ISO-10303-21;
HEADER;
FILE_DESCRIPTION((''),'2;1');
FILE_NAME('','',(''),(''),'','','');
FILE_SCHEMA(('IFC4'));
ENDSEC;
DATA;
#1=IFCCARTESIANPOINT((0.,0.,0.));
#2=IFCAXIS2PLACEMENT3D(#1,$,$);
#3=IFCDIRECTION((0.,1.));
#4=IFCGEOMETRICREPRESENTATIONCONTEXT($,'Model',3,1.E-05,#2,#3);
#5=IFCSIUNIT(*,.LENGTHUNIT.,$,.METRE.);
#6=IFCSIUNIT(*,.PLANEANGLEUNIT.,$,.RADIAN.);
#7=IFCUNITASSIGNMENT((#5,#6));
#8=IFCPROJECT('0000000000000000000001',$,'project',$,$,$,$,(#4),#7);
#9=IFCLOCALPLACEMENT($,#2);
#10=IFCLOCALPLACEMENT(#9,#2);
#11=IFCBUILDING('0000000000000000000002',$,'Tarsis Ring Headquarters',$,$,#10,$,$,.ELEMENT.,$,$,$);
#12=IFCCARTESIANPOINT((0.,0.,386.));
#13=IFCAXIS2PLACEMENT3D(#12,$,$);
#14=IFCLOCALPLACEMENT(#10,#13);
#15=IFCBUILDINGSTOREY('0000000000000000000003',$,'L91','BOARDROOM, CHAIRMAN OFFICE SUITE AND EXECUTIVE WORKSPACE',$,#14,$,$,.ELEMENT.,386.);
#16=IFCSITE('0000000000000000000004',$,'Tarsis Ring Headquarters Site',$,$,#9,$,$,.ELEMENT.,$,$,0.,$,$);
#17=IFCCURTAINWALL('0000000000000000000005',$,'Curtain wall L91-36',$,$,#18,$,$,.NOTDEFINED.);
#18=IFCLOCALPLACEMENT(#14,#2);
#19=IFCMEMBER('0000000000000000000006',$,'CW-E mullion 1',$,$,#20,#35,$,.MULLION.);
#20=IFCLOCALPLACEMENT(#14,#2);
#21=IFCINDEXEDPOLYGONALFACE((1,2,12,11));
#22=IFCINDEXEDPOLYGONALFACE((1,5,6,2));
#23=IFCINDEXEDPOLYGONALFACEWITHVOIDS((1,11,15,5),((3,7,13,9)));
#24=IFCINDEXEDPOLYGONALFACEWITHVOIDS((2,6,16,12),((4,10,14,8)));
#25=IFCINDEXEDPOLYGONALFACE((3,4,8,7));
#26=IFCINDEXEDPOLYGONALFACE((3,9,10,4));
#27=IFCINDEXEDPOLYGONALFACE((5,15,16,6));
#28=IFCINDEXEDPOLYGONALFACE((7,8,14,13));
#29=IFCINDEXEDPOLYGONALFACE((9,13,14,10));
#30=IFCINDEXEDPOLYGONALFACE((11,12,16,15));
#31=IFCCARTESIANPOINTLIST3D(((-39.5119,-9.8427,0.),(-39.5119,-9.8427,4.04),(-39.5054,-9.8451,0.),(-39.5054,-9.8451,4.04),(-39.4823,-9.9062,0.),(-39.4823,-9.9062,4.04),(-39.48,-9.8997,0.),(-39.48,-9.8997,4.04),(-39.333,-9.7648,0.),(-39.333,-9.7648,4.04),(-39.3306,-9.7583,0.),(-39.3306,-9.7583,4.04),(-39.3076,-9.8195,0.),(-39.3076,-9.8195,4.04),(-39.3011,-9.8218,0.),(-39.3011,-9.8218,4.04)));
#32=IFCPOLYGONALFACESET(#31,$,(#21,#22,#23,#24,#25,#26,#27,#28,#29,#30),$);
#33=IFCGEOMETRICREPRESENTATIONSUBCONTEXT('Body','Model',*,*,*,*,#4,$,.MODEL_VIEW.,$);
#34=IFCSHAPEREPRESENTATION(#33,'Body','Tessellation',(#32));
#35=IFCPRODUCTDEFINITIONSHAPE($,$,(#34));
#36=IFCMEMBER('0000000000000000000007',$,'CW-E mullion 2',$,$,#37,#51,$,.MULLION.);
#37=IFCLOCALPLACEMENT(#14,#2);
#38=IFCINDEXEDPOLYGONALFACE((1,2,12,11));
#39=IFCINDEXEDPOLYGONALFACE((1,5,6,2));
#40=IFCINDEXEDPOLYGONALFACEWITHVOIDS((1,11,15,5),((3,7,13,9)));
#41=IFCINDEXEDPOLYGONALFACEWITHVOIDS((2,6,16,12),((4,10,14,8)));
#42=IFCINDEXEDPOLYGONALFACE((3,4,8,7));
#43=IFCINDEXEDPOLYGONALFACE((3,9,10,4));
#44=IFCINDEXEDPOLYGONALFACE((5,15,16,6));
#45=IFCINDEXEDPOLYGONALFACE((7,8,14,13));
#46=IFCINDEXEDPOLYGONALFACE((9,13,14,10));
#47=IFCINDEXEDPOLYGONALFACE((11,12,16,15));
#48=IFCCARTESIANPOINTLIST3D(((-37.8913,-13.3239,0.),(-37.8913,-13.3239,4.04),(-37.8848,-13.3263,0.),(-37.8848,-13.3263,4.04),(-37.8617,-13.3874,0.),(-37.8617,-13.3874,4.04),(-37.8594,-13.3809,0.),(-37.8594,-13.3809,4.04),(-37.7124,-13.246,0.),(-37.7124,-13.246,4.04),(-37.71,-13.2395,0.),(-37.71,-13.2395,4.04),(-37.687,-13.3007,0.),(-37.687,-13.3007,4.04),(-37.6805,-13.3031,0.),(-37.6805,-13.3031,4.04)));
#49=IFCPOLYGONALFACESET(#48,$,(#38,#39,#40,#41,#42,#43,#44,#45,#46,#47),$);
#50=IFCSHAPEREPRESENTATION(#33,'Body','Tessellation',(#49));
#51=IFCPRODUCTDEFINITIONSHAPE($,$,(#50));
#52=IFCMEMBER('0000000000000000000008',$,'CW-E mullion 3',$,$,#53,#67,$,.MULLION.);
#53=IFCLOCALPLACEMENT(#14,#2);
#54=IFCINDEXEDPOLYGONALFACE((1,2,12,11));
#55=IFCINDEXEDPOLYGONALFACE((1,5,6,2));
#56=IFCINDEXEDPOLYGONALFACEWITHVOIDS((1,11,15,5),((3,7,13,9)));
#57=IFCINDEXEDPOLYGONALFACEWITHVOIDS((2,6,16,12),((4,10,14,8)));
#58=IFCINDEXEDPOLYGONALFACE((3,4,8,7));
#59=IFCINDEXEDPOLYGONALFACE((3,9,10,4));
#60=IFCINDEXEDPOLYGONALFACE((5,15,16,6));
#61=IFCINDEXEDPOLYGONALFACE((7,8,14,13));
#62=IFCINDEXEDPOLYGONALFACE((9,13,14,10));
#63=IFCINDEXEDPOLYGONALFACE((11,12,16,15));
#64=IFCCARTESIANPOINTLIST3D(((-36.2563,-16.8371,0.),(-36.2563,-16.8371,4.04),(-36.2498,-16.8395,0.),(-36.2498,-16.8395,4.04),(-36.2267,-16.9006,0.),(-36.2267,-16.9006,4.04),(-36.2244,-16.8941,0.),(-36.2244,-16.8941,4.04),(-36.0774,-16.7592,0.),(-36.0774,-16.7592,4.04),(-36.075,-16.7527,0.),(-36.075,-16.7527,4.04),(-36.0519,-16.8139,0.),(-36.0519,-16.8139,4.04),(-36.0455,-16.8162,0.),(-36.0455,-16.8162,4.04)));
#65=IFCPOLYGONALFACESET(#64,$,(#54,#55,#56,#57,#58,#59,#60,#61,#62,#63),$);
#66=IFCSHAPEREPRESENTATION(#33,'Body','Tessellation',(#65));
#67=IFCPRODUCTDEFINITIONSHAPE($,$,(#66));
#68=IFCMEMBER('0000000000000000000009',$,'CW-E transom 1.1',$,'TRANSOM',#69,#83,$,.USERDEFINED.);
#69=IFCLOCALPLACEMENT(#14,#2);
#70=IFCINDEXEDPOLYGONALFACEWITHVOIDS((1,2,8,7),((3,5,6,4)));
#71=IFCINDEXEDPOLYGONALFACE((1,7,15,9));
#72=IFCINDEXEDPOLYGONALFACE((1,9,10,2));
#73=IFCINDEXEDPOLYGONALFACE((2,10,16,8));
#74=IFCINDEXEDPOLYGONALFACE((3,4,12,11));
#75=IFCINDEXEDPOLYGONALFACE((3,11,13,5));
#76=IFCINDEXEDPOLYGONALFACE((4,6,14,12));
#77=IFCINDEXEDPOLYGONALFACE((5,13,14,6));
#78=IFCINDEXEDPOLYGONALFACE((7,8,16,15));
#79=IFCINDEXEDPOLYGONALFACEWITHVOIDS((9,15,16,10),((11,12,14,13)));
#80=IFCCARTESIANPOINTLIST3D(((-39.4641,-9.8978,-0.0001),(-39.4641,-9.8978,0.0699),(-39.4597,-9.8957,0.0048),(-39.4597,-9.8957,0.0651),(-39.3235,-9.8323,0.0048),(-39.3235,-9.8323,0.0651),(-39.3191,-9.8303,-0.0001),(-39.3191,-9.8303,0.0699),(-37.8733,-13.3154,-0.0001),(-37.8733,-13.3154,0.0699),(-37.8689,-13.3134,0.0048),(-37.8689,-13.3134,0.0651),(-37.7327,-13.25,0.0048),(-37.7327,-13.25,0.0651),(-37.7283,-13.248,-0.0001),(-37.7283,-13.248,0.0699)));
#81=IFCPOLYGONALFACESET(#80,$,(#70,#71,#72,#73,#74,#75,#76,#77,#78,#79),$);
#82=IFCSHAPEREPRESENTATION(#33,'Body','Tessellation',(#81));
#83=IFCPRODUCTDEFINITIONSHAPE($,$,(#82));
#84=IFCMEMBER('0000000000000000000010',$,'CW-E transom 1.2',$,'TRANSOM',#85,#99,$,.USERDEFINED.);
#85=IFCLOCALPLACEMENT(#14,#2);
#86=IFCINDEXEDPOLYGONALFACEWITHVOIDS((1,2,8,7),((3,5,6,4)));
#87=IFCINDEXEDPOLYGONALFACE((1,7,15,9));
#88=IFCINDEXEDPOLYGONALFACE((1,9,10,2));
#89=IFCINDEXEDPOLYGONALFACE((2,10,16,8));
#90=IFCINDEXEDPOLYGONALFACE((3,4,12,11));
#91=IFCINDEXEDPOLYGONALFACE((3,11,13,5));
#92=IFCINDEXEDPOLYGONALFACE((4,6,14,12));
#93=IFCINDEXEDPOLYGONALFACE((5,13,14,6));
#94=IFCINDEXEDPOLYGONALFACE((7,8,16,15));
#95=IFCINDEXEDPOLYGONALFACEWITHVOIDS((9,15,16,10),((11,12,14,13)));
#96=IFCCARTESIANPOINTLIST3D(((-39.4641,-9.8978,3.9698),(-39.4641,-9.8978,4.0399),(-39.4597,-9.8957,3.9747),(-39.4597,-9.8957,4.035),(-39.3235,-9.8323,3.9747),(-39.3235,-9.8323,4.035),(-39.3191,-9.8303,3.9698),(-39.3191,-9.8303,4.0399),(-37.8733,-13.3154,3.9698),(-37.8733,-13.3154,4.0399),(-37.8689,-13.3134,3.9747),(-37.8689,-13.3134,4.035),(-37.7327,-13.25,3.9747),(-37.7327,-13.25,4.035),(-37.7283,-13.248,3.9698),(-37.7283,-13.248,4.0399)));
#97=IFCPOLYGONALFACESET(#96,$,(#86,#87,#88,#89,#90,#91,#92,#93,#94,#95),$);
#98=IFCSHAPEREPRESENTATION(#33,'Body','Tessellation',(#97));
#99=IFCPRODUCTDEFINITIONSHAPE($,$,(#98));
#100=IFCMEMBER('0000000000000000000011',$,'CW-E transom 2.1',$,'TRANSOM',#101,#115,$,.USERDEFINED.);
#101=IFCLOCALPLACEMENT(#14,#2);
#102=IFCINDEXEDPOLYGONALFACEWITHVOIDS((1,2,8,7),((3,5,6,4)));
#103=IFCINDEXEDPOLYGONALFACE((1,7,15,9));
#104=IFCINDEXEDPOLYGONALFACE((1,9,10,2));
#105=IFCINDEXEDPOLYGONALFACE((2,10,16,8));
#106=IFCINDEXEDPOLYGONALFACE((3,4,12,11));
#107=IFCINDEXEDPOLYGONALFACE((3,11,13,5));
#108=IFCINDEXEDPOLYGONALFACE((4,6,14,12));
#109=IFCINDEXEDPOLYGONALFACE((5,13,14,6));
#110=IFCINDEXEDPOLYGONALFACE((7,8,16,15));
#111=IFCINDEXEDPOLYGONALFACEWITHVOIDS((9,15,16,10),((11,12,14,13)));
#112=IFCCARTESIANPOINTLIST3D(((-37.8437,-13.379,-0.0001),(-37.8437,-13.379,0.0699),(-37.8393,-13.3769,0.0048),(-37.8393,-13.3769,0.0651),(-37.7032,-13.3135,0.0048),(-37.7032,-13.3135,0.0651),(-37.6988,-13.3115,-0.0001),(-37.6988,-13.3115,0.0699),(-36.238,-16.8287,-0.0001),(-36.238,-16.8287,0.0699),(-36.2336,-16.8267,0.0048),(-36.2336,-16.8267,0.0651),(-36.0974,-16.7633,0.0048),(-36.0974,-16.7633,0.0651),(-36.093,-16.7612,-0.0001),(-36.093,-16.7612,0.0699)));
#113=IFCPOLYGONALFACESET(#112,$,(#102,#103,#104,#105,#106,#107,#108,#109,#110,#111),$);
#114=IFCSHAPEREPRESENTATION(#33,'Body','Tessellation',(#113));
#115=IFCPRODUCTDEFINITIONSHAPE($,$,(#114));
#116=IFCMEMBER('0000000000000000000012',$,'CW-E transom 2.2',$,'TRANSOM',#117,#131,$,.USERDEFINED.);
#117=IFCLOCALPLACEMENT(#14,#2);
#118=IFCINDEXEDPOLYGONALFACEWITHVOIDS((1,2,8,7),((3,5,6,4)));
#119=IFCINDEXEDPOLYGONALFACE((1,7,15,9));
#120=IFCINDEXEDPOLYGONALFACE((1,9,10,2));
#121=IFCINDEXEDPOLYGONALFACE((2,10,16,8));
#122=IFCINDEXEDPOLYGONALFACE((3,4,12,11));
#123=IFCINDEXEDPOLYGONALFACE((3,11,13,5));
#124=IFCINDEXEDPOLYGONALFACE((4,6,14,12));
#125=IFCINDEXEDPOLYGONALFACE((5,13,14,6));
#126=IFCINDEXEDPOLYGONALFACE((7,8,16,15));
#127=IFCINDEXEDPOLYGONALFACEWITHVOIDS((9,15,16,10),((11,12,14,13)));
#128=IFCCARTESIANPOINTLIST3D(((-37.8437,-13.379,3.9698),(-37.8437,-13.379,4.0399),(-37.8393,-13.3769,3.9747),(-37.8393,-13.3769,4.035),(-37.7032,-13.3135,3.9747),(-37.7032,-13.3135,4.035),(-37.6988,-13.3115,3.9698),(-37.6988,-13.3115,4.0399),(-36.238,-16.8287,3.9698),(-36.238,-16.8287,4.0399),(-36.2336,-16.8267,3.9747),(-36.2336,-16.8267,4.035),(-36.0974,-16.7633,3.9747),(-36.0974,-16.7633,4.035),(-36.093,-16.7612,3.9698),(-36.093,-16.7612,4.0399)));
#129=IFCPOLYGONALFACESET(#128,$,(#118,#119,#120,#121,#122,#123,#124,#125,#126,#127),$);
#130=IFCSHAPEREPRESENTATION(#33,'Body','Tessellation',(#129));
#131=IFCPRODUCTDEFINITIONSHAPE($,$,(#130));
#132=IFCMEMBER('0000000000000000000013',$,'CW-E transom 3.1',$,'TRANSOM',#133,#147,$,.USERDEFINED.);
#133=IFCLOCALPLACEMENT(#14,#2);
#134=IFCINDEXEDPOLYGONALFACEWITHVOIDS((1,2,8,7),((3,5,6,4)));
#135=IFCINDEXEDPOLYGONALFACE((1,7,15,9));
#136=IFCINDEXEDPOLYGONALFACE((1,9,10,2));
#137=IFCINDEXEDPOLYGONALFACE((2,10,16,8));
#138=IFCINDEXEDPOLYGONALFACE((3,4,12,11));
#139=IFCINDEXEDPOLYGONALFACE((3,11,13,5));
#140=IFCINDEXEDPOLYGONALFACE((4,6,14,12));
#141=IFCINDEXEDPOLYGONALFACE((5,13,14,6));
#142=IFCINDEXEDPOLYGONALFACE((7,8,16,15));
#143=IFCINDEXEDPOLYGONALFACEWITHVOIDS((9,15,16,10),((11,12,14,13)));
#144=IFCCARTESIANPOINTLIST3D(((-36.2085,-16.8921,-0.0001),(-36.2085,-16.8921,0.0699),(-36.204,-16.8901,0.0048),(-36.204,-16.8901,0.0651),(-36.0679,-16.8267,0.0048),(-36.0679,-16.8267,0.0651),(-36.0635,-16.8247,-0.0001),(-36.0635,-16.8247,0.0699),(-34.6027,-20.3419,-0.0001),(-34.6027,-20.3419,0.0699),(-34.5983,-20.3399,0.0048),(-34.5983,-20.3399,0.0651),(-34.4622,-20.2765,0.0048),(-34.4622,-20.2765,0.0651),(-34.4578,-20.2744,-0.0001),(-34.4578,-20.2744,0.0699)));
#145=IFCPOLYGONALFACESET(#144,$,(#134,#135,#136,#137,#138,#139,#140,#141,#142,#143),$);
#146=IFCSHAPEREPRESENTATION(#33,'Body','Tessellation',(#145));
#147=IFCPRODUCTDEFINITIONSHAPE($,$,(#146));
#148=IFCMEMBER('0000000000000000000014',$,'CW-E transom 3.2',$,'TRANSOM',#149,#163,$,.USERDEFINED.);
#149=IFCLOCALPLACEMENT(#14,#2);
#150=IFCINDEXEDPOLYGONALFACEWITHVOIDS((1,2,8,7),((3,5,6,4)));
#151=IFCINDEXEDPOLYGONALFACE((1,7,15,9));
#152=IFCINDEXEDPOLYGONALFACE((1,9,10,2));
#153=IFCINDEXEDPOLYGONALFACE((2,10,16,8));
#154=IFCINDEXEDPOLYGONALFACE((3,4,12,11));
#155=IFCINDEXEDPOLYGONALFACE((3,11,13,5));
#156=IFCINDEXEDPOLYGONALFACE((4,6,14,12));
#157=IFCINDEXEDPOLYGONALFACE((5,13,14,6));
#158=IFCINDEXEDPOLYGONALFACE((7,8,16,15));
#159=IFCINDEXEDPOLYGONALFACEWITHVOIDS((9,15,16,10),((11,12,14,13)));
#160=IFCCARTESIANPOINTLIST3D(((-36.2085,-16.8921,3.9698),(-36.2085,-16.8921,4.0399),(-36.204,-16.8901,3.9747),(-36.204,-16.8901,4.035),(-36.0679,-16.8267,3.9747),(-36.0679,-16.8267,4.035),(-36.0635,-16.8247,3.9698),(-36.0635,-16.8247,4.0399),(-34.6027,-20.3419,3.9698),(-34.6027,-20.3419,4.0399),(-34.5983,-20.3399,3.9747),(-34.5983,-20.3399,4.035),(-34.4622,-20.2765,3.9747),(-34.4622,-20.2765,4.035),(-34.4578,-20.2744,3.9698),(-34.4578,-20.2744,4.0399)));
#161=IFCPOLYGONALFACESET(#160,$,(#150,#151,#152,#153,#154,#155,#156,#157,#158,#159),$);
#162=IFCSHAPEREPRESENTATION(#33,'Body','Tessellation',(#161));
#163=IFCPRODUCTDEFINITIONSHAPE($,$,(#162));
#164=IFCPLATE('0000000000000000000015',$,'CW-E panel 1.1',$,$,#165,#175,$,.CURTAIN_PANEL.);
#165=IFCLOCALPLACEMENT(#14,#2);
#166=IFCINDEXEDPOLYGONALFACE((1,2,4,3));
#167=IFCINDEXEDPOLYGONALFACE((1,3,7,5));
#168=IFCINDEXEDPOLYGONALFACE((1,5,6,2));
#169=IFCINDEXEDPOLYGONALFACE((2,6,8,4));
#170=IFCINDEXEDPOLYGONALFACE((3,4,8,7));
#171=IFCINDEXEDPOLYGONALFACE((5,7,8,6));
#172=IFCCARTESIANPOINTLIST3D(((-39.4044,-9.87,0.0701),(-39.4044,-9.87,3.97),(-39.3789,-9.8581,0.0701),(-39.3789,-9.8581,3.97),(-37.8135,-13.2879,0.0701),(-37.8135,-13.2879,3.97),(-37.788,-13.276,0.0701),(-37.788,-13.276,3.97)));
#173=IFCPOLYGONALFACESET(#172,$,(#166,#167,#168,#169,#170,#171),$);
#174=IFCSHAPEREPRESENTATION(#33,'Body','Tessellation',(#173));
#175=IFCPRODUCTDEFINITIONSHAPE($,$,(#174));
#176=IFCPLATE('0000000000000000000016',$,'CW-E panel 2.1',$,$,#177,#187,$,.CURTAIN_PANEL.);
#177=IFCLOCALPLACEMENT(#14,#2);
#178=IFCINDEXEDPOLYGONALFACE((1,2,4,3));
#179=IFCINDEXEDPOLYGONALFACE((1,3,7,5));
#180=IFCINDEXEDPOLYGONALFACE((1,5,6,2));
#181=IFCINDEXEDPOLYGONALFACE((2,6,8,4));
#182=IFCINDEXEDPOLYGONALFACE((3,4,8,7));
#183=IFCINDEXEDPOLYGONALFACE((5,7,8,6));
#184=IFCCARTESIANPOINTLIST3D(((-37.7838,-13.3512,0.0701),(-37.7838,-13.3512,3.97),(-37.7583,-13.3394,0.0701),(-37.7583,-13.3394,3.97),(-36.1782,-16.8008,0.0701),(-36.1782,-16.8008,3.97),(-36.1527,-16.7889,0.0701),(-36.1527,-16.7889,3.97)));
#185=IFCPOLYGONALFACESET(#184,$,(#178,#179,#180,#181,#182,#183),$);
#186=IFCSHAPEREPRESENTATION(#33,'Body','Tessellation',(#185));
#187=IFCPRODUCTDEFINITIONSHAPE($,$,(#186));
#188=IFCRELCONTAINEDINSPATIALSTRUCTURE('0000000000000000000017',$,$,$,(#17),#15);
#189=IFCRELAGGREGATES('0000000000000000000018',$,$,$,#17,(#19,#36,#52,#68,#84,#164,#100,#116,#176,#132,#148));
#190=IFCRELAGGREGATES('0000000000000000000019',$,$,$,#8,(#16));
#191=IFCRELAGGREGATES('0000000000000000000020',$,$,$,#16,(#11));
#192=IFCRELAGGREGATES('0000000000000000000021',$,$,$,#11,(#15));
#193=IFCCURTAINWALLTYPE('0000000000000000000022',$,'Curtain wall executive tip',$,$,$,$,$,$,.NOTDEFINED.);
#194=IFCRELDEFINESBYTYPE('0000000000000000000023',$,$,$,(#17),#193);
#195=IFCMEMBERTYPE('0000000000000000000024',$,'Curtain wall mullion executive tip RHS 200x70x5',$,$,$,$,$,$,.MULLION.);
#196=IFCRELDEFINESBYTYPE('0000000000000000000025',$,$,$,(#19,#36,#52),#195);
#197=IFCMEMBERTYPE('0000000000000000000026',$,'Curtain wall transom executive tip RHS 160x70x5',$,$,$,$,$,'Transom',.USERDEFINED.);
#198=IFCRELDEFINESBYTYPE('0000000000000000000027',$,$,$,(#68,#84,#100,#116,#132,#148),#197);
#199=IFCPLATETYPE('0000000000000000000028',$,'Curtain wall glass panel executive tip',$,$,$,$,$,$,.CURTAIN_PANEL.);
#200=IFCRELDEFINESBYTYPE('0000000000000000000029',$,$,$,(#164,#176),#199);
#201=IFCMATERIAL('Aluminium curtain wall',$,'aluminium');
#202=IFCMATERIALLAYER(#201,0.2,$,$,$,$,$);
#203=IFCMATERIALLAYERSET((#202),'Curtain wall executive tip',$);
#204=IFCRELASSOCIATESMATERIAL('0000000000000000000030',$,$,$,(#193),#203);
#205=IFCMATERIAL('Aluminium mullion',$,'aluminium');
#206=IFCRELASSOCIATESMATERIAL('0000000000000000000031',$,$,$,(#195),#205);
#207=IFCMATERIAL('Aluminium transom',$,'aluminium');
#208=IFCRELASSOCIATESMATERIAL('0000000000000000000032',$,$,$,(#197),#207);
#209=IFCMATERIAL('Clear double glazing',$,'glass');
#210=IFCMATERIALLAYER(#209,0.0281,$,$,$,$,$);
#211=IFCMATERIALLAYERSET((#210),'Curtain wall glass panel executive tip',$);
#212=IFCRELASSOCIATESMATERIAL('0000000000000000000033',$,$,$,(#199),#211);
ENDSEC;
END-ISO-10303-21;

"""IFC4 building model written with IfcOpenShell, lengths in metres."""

from ifc_helpers import new_model, si_unit, direction, frame, origin, origin_2d, place, context, subcontext, project, spatial, rectangle, hollow_rectangle, extrude, material, layer, layer_set, material_profile, profile_set, type_object, element, aggregate, save


model = new_model("IFC4")

# Units and contexts
model_context = context("Model", 3, precision=1e-05, world=origin(), true_north=direction((0.0, 1.0)))
body_context = subcontext(model_context, "Body", "Model", "MODEL_VIEW")
ifc_project = project(units=[si_unit("LENGTHUNIT", "METRE"), si_unit("PLANEANGLEUNIT", "RADIAN")], contexts=[model_context])

# Site, building, storey
site_placement = place(None, origin())
site = spatial("IfcSite", under=ifc_project, at=site_placement, Name="Tarsis Ring Headquarters Site", CompositionType="ELEMENT", RefElevation=0.0)
building_placement = place(site_placement, origin())
building = spatial("IfcBuilding", under=site, at=building_placement, Name="Tarsis Ring Headquarters", CompositionType="ELEMENT")
storey_placement = place(building_placement, frame((0.0, 0.0, 386.0)))
storey = spatial("IfcBuildingStorey", under=building, at=storey_placement, Name="L91", Description="BOARDROOM, CHAIRMAN OFFICE SUITE AND EXECUTIVE WORKSPACE", CompositionType="ELEMENT", Elevation=386.0)

# Curtain wall, members, plates
ifc_material_1 = material(Name="Aluminium curtain wall", Category="aluminium")
ifc_layer_1 = layer(ifc_material_1, 0.2)
ifc_layer_set_1 = layer_set([ifc_layer_1], Name="Curtain wall executive tip")
curtain_wall_type = type_object("IfcCurtainWallType", Name="Curtain wall executive tip", PredefinedType="NOTDEFINED", material=ifc_layer_set_1)
curtain_wall_placement = place(storey_placement, origin())
curtain_wall = element("IfcCurtainWall", 1, at=curtain_wall_placement, inside=storey, type_object=curtain_wall_type, Name="Curtain wall L91-36", PredefinedType="NOTDEFINED")
ifc_material_2 = material(Name="Aluminium mullion", Category="aluminium")
ifc_material_profile_1 = material_profile(ifc_material_2, hollow_rectangle(XDim=0.2, YDim=0.0701, WallThickness=0.0049, at=origin_2d()), Name="RHS 200x70x5")
ifc_profile_set_1 = profile_set([ifc_material_profile_1], Name="Aluminium mullion")
member_type_1 = type_object("IfcMemberType", Name="Curtain wall mullion executive tip RHS 200x70x5", PredefinedType="MULLION", material=ifc_profile_set_1)
member_1_placement = place(storey_placement, frame((-39.4065, -9.8323, 0.0), z_axis=(0.0, 0.0, 1.0), x_axis=(0.906603, 0.421985, 0.0)))
member_1 = element("IfcMember", 2, at=member_1_placement, type_object=member_type_1, Name="CW-E mullion 1", PredefinedType="MULLION", context=body_context, shape_type="SweptSolid", body=[
    extrude(hollow_rectangle(XDim=0.2, YDim=0.0701, WallThickness=0.0049, at=origin_2d()), origin(), (0.0, 0.0, 1.0), 4.04),
])
member_2_placement = place(storey_placement, frame((-37.7859, -13.3135, 0.0), z_axis=(0.0, 0.0, 1.0), x_axis=(0.906603, 0.421985, 0.0)))
member_2 = element("IfcMember", 3, at=member_2_placement, type_object=member_type_1, Name="CW-E mullion 2", PredefinedType="MULLION", context=body_context, shape_type="SweptSolid", body=[
    extrude(hollow_rectangle(XDim=0.2, YDim=0.0701, WallThickness=0.0049, at=origin_2d()), origin(), (0.0, 0.0, 1.0), 4.04),
])
member_3_placement = place(storey_placement, frame((-36.1509, -16.8267, 0.0), z_axis=(0.0, 0.0, 1.0), x_axis=(0.906603, 0.421985, 0.0)))
member_3 = element("IfcMember", 4, at=member_3_placement, type_object=member_type_1, Name="CW-E mullion 3", PredefinedType="MULLION", context=body_context, shape_type="SweptSolid", body=[
    extrude(hollow_rectangle(XDim=0.2, YDim=0.0701, WallThickness=0.0049, at=origin_2d()), origin(), (0.0, 0.0, 1.0), 4.04),
])
ifc_material_3 = material(Name="Aluminium transom", Category="aluminium")
ifc_material_profile_2 = material_profile(ifc_material_3, hollow_rectangle(XDim=0.1599, YDim=0.0701, WallThickness=0.0049, at=origin_2d()), Name="RHS 160x70x5")
ifc_profile_set_2 = profile_set([ifc_material_profile_2], Name="Aluminium transom")
member_type_2 = type_object("IfcMemberType", Name="Curtain wall transom executive tip RHS 160x70x5", ElementType="Transom", PredefinedType="USERDEFINED", material=ifc_profile_set_2)
member_4_placement = place(storey_placement, frame((-39.3916, -9.864, 0.0349), z_axis=(0.421988, -0.906601, 0.0), x_axis=(0.906601, 0.421988, 0.0)))
member_4 = element("IfcMember", 5, at=member_4_placement, type_object=member_type_2, Name="CW-E transom 1.1", ObjectType="TRANSOM", PredefinedType="USERDEFINED", context=body_context, shape_type="SweptSolid", body=[
    extrude(hollow_rectangle(XDim=0.1599, YDim=0.0701, WallThickness=0.0049, at=origin_2d()), origin(), (0.0, 0.0, 1.0), 3.7698),
])
member_5_placement = place(storey_placement, frame((-39.3916, -9.864, 4.0049), z_axis=(0.421988, -0.906601, 0.0), x_axis=(0.906601, 0.421988, 0.0)))
member_5 = element("IfcMember", 6, at=member_5_placement, type_object=member_type_2, Name="CW-E transom 1.2", ObjectType="TRANSOM", PredefinedType="USERDEFINED", context=body_context, shape_type="SweptSolid", body=[
    extrude(hollow_rectangle(XDim=0.1599, YDim=0.0701, WallThickness=0.0049, at=origin_2d()), origin(), (0.0, 0.0, 1.0), 3.7698),
])
member_6_placement = place(storey_placement, frame((-37.7712, -13.3452, 0.0349), z_axis=(0.42199, -0.906601, 0.0), x_axis=(0.906601, 0.42199, 0.0)))
member_6 = element("IfcMember", 7, at=member_6_placement, type_object=member_type_2, Name="CW-E transom 2.1", ObjectType="TRANSOM", PredefinedType="USERDEFINED", context=body_context, shape_type="SweptSolid", body=[
    extrude(hollow_rectangle(XDim=0.1599, YDim=0.0701, WallThickness=0.0049, at=origin_2d()), origin(), (0.0, 0.0, 1.0), 3.8052),
])
member_7_placement = place(storey_placement, frame((-37.7712, -13.3452, 4.0049), z_axis=(0.42199, -0.906601, 0.0), x_axis=(0.906601, 0.42199, 0.0)))
member_7 = element("IfcMember", 8, at=member_7_placement, type_object=member_type_2, Name="CW-E transom 2.2", ObjectType="TRANSOM", PredefinedType="USERDEFINED", context=body_context, shape_type="SweptSolid", body=[
    extrude(hollow_rectangle(XDim=0.1599, YDim=0.0701, WallThickness=0.0049, at=origin_2d()), origin(), (0.0, 0.0, 1.0), 3.8052),
])
member_8_placement = place(storey_placement, frame((-36.136, -16.8584, 0.0349), z_axis=(0.42199, -0.906601, 0.0), x_axis=(0.906601, 0.42199, 0.0)))
member_8 = element("IfcMember", 9, at=member_8_placement, type_object=member_type_2, Name="CW-E transom 3.1", ObjectType="TRANSOM", PredefinedType="USERDEFINED", context=body_context, shape_type="SweptSolid", body=[
    extrude(hollow_rectangle(XDim=0.1599, YDim=0.0701, WallThickness=0.0049, at=origin_2d()), origin(), (0.0, 0.0, 1.0), 3.8052),
])
member_9_placement = place(storey_placement, frame((-36.136, -16.8584, 4.0049), z_axis=(0.42199, -0.906601, 0.0), x_axis=(0.906601, 0.42199, 0.0)))
member_9 = element("IfcMember", 10, at=member_9_placement, type_object=member_type_2, Name="CW-E transom 3.2", ObjectType="TRANSOM", PredefinedType="USERDEFINED", context=body_context, shape_type="SweptSolid", body=[
    extrude(hollow_rectangle(XDim=0.1599, YDim=0.0701, WallThickness=0.0049, at=origin_2d()), origin(), (0.0, 0.0, 1.0), 3.8052),
])
ifc_material_4 = material(Name="Clear double glazing", Category="glass")
ifc_layer_2 = layer(ifc_material_4, 0.0281)
ifc_layer_set_2 = layer_set([ifc_layer_2], Name="Curtain wall glass panel executive tip")
plate_type = type_object("IfcPlateType", Name="Curtain wall glass panel executive tip", PredefinedType="CURTAIN_PANEL", material=ifc_layer_set_2)
plate_1_placement = place(storey_placement, frame((-38.5962, -11.573, 0.0701), z_axis=(0.0, 0.0, 1.0), x_axis=(0.421985, -0.906603, 0.0)))
plate_1 = element("IfcPlate", 11, at=plate_1_placement, type_object=plate_type, Name="CW-E panel 1.1", PredefinedType="CURTAIN_PANEL", context=body_context, shape_type="SweptSolid", body=[
    extrude(rectangle(XDim=3.77, YDim=0.0281, at=origin_2d()), origin(), (0.0, 0.0, 1.0), 3.8999),
])
plate_2_placement = place(storey_placement, frame((-36.9683, -15.0701, 0.0701), z_axis=(0.0, 0.0, 1.0), x_axis=(0.421985, -0.906603, 0.0)))
plate_2 = element("IfcPlate", 12, at=plate_2_placement, type_object=plate_type, Name="CW-E panel 2.1", PredefinedType="CURTAIN_PANEL", context=body_context, shape_type="SweptSolid", body=[
    extrude(rectangle(XDim=3.8049, YDim=0.0281, at=origin_2d()), origin(), (0.0, 0.0, 1.0), 3.8999),
])
aggregate(curtain_wall, [member_1, member_2, member_3, member_4, member_5, plate_1, member_6, member_7, plate_2, member_8, member_9])

save(model, "model.ifc")
